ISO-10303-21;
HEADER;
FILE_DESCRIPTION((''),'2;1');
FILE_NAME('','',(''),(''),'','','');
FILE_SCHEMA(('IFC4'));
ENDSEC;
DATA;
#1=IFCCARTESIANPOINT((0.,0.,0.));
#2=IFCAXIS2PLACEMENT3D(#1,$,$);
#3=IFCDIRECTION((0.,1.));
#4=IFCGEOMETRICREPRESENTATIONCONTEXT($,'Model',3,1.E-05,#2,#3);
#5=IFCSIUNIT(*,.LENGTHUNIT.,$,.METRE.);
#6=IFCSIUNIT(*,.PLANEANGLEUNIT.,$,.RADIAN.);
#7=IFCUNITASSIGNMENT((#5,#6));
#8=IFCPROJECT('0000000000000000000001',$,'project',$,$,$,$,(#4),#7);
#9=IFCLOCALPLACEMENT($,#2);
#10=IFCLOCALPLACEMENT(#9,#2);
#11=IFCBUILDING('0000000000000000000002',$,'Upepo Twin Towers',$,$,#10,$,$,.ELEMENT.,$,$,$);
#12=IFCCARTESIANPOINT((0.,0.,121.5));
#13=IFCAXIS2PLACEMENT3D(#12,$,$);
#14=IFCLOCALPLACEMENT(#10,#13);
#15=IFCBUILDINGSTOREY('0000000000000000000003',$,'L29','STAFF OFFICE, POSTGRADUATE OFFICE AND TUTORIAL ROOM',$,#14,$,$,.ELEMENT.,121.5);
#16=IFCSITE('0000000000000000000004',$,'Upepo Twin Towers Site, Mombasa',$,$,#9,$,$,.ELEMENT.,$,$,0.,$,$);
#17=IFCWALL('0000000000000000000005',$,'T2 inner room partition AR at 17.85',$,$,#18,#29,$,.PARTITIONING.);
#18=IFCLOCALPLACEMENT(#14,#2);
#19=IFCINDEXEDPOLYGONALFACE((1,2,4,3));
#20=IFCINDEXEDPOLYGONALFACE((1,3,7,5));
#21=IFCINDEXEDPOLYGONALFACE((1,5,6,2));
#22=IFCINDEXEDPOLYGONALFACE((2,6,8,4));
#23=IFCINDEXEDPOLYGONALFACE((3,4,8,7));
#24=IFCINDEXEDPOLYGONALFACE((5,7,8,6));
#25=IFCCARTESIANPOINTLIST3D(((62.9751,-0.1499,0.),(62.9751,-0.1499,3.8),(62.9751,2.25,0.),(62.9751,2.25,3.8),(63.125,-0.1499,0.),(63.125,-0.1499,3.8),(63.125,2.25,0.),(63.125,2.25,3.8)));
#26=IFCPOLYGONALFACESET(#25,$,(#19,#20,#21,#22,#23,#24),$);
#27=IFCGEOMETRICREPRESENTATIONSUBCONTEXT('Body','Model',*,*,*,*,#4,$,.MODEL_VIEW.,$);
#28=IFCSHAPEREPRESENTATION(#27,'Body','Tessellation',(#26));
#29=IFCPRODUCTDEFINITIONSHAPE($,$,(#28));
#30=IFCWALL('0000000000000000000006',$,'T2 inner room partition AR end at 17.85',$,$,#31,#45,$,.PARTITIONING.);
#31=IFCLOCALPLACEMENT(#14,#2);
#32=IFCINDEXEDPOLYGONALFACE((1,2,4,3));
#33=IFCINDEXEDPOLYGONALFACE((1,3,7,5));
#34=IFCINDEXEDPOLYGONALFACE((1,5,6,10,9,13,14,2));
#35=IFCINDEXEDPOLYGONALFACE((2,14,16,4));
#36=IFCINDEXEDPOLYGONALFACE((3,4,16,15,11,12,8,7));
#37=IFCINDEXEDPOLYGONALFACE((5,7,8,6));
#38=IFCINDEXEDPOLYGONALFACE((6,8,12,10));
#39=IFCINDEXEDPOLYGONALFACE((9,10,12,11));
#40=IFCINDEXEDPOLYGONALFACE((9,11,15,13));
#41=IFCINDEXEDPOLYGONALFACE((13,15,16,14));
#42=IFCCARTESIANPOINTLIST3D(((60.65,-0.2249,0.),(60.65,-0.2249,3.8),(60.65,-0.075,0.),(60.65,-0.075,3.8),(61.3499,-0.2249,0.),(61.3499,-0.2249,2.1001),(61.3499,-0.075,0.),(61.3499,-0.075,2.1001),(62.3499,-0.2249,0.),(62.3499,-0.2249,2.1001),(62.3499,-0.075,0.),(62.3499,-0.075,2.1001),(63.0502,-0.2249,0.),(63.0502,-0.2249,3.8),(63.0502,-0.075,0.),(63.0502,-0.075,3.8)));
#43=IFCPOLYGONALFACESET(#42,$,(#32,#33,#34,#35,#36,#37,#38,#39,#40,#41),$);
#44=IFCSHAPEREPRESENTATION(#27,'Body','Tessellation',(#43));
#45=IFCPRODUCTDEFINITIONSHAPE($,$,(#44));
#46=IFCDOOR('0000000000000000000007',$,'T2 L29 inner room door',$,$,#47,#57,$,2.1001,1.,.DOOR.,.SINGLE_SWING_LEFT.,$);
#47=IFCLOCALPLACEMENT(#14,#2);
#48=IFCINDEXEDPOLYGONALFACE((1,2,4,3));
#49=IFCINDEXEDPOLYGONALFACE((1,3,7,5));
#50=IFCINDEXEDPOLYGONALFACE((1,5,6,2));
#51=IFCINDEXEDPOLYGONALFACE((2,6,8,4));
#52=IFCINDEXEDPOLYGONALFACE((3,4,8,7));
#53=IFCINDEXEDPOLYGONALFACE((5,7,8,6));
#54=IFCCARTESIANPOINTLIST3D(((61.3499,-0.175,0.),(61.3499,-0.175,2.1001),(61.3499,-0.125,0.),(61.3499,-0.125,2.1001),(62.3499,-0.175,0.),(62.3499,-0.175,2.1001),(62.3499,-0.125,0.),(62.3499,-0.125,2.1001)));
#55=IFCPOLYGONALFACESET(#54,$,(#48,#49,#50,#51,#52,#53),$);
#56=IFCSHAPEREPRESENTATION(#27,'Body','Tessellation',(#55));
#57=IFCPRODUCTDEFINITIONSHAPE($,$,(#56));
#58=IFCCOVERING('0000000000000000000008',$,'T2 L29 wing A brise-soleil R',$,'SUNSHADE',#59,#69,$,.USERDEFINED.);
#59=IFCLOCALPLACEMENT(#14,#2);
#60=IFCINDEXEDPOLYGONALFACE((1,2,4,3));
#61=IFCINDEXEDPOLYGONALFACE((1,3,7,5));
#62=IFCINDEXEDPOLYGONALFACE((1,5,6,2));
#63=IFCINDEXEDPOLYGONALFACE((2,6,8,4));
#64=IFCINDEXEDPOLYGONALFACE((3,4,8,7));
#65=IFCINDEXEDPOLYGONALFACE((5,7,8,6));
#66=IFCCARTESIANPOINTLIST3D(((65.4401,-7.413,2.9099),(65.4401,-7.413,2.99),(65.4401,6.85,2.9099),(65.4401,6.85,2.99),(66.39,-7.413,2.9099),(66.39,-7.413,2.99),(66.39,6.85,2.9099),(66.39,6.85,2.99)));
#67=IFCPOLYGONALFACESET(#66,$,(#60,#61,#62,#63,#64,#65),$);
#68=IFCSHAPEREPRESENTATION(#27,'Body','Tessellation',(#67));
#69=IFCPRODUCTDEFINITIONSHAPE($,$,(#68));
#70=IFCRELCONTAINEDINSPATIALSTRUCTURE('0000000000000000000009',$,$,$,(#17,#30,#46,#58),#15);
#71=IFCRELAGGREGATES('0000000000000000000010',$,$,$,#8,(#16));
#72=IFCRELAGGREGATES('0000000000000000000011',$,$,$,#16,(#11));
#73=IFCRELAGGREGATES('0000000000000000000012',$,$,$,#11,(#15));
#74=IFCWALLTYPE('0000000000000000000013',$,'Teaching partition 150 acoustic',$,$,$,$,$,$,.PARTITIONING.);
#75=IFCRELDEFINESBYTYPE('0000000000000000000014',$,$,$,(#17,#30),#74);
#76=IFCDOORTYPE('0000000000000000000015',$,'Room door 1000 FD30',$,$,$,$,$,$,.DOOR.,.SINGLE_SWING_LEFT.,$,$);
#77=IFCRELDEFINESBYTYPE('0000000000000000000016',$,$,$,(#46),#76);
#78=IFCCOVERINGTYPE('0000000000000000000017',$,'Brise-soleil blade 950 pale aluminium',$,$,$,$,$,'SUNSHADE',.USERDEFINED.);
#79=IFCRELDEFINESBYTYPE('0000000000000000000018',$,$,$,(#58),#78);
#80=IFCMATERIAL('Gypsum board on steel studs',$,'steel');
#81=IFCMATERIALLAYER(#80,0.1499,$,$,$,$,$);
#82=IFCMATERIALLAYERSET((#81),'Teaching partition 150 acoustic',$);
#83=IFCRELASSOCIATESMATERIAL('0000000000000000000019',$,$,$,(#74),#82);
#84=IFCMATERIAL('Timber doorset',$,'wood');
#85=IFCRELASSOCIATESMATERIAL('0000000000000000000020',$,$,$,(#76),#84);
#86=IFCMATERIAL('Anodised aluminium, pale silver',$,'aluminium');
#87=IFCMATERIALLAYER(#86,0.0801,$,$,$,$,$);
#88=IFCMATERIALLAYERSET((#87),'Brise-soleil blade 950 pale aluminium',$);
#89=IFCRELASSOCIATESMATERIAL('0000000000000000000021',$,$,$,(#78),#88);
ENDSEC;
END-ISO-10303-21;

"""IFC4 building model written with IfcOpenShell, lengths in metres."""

from ifc_helpers import new_model, si_unit, direction, frame, frame_2d, origin, origin_2d, place, context, subcontext, project, spatial, rectangle, extrude, material, layer, layer_set, type_object, element, fill, save


model = new_model("IFC4")

# Units and contexts
model_context = context("Model", 3, precision=1e-05, world=origin(), true_north=direction((0.0, 1.0)))
body_context = subcontext(model_context, "Body", "Model", "MODEL_VIEW")
ifc_project = project(units=[si_unit("LENGTHUNIT", "METRE"), si_unit("PLANEANGLEUNIT", "RADIAN")], contexts=[model_context])

# Site, building, storey
site_placement = place(None, origin())
site = spatial("IfcSite", under=ifc_project, at=site_placement, Name="Upepo Twin Towers Site, Mombasa", CompositionType="ELEMENT", RefElevation=0.0)
building_placement = place(site_placement, origin())
building = spatial("IfcBuilding", under=site, at=building_placement, Name="Upepo Twin Towers", CompositionType="ELEMENT")
storey_placement = place(building_placement, frame((0.0, 0.0, 121.5)))
storey = spatial("IfcBuildingStorey", under=building, at=storey_placement, Name="L29", Description="STAFF OFFICE, POSTGRADUATE OFFICE AND TUTORIAL ROOM", CompositionType="ELEMENT", Elevation=121.5)

# Wall
ifc_material_1 = material(Name="Gypsum board on steel studs", Category="steel")
ifc_layer_1 = layer(ifc_material_1, 0.1499)
ifc_layer_set_1 = layer_set([ifc_layer_1], Name="Teaching partition 150 acoustic")
wall_type_1 = type_object("IfcWallType", Name="Teaching partition 150 acoustic", PredefinedType="PARTITIONING", material=ifc_layer_set_1)
wall_1_placement = place(storey_placement, frame((63.05, -0.1499, 0.0), z_axis=(0.0, 0.0, 1.0), x_axis=(0.0, 1.0, 0.0)))
element("IfcWall", 1, at=wall_1_placement, inside=storey, type_object=wall_type_1, Name="T2 inner room partition AR at 17.85", PredefinedType="PARTITIONING", context=body_context, shape_type="SweptSolid", body=[
    extrude(rectangle(XDim=2.3999, YDim=0.1499, at=frame_2d((1.2, 0.0))), origin(), (0.0, 0.0, 1.0), 3.8),
])

# Wall, opening, door
wall_2_placement = place(storey_placement, frame((60.6499, -0.1499, 0.0), z_axis=(0.0, 0.0, 1.0), x_axis=(1.0, 0.0, 0.0)))
wall_2 = element("IfcWall", 2, at=wall_2_placement, inside=storey, type_object=wall_type_1, Name="T2 inner room partition AR end at 17.85", PredefinedType="PARTITIONING", context=body_context, shape_type="SweptSolid", body=[
    extrude(rectangle(XDim=2.4001, YDim=0.1499, at=frame_2d((1.2002, 0.0))), origin(), (0.0, 0.0, 1.0), 3.8),
])
opening_placement = place(wall_2_placement, frame((0.7, 0.0, 0.0)))
opening = element("IfcOpeningElement", 3, at=opening_placement, cuts=wall_2, PredefinedType="OPENING", context=body_context, shape_type="SweptSolid", body=[
    extrude(rectangle(XDim=1.0, YDim=2.1001, at=frame_2d((0.5, 1.05))), frame((0.0, 0.085, 0.0), z_axis=(0.0, -1.0, 0.0), x_axis=(1.0, 0.0, 0.0)), (0.0, 0.0, 1.0), 0.1699),
])
ifc_material_2 = material(Name="Timber doorset", Category="wood")
door_type = type_object("IfcDoorType", Name="Room door 1000 FD30", OperationType="SINGLE_SWING_LEFT", PredefinedType="DOOR", material=ifc_material_2)
door_placement = place(opening_placement, origin())
door = element("IfcDoor", 4, at=door_placement, inside=storey, type_object=door_type, Name="T2 L29 inner room door", OperationType="SINGLE_SWING_LEFT", OverallHeight=2.1001, OverallWidth=1.0, PredefinedType="DOOR", context=body_context, shape_type="SweptSolid", body=[
    extrude(rectangle(XDim=1.0, YDim=2.1001, at=frame_2d((0.5, 1.05))), frame((0.0, 0.0249, 0.0), z_axis=(0.0, -1.0, 0.0), x_axis=(1.0, 0.0, 0.0)), (0.0, 0.0, 1.0), 0.05),
])
fill(opening, door)

# Covering
ifc_material_3 = material(Name="Anodised aluminium, pale silver", Category="aluminium")
ifc_layer_2 = layer(ifc_material_3, 0.0801)
ifc_layer_set_2 = layer_set([ifc_layer_2], Name="Brise-soleil blade 950 pale aluminium")
covering_type = type_object("IfcCoveringType", Name="Brise-soleil blade 950 pale aluminium", ElementType="SUNSHADE", PredefinedType="USERDEFINED", material=ifc_layer_set_2)
covering_placement = place(storey_placement, frame((65.915, -0.2815, 2.9099), z_axis=(0.0, 0.0, 1.0), x_axis=(0.0, 1.0, 0.0)))
element("IfcCovering", 5, at=covering_placement, inside=storey, type_object=covering_type, Name="T2 L29 wing A brise-soleil R", ObjectType="SUNSHADE", PredefinedType="USERDEFINED", context=body_context, shape_type="SweptSolid", body=[
    extrude(rectangle(XDim=14.2629, YDim=0.95, at=origin_2d()), origin(), (0.0, 0.0, 1.0), 0.0801),
])

save(model, "model.ifc")
